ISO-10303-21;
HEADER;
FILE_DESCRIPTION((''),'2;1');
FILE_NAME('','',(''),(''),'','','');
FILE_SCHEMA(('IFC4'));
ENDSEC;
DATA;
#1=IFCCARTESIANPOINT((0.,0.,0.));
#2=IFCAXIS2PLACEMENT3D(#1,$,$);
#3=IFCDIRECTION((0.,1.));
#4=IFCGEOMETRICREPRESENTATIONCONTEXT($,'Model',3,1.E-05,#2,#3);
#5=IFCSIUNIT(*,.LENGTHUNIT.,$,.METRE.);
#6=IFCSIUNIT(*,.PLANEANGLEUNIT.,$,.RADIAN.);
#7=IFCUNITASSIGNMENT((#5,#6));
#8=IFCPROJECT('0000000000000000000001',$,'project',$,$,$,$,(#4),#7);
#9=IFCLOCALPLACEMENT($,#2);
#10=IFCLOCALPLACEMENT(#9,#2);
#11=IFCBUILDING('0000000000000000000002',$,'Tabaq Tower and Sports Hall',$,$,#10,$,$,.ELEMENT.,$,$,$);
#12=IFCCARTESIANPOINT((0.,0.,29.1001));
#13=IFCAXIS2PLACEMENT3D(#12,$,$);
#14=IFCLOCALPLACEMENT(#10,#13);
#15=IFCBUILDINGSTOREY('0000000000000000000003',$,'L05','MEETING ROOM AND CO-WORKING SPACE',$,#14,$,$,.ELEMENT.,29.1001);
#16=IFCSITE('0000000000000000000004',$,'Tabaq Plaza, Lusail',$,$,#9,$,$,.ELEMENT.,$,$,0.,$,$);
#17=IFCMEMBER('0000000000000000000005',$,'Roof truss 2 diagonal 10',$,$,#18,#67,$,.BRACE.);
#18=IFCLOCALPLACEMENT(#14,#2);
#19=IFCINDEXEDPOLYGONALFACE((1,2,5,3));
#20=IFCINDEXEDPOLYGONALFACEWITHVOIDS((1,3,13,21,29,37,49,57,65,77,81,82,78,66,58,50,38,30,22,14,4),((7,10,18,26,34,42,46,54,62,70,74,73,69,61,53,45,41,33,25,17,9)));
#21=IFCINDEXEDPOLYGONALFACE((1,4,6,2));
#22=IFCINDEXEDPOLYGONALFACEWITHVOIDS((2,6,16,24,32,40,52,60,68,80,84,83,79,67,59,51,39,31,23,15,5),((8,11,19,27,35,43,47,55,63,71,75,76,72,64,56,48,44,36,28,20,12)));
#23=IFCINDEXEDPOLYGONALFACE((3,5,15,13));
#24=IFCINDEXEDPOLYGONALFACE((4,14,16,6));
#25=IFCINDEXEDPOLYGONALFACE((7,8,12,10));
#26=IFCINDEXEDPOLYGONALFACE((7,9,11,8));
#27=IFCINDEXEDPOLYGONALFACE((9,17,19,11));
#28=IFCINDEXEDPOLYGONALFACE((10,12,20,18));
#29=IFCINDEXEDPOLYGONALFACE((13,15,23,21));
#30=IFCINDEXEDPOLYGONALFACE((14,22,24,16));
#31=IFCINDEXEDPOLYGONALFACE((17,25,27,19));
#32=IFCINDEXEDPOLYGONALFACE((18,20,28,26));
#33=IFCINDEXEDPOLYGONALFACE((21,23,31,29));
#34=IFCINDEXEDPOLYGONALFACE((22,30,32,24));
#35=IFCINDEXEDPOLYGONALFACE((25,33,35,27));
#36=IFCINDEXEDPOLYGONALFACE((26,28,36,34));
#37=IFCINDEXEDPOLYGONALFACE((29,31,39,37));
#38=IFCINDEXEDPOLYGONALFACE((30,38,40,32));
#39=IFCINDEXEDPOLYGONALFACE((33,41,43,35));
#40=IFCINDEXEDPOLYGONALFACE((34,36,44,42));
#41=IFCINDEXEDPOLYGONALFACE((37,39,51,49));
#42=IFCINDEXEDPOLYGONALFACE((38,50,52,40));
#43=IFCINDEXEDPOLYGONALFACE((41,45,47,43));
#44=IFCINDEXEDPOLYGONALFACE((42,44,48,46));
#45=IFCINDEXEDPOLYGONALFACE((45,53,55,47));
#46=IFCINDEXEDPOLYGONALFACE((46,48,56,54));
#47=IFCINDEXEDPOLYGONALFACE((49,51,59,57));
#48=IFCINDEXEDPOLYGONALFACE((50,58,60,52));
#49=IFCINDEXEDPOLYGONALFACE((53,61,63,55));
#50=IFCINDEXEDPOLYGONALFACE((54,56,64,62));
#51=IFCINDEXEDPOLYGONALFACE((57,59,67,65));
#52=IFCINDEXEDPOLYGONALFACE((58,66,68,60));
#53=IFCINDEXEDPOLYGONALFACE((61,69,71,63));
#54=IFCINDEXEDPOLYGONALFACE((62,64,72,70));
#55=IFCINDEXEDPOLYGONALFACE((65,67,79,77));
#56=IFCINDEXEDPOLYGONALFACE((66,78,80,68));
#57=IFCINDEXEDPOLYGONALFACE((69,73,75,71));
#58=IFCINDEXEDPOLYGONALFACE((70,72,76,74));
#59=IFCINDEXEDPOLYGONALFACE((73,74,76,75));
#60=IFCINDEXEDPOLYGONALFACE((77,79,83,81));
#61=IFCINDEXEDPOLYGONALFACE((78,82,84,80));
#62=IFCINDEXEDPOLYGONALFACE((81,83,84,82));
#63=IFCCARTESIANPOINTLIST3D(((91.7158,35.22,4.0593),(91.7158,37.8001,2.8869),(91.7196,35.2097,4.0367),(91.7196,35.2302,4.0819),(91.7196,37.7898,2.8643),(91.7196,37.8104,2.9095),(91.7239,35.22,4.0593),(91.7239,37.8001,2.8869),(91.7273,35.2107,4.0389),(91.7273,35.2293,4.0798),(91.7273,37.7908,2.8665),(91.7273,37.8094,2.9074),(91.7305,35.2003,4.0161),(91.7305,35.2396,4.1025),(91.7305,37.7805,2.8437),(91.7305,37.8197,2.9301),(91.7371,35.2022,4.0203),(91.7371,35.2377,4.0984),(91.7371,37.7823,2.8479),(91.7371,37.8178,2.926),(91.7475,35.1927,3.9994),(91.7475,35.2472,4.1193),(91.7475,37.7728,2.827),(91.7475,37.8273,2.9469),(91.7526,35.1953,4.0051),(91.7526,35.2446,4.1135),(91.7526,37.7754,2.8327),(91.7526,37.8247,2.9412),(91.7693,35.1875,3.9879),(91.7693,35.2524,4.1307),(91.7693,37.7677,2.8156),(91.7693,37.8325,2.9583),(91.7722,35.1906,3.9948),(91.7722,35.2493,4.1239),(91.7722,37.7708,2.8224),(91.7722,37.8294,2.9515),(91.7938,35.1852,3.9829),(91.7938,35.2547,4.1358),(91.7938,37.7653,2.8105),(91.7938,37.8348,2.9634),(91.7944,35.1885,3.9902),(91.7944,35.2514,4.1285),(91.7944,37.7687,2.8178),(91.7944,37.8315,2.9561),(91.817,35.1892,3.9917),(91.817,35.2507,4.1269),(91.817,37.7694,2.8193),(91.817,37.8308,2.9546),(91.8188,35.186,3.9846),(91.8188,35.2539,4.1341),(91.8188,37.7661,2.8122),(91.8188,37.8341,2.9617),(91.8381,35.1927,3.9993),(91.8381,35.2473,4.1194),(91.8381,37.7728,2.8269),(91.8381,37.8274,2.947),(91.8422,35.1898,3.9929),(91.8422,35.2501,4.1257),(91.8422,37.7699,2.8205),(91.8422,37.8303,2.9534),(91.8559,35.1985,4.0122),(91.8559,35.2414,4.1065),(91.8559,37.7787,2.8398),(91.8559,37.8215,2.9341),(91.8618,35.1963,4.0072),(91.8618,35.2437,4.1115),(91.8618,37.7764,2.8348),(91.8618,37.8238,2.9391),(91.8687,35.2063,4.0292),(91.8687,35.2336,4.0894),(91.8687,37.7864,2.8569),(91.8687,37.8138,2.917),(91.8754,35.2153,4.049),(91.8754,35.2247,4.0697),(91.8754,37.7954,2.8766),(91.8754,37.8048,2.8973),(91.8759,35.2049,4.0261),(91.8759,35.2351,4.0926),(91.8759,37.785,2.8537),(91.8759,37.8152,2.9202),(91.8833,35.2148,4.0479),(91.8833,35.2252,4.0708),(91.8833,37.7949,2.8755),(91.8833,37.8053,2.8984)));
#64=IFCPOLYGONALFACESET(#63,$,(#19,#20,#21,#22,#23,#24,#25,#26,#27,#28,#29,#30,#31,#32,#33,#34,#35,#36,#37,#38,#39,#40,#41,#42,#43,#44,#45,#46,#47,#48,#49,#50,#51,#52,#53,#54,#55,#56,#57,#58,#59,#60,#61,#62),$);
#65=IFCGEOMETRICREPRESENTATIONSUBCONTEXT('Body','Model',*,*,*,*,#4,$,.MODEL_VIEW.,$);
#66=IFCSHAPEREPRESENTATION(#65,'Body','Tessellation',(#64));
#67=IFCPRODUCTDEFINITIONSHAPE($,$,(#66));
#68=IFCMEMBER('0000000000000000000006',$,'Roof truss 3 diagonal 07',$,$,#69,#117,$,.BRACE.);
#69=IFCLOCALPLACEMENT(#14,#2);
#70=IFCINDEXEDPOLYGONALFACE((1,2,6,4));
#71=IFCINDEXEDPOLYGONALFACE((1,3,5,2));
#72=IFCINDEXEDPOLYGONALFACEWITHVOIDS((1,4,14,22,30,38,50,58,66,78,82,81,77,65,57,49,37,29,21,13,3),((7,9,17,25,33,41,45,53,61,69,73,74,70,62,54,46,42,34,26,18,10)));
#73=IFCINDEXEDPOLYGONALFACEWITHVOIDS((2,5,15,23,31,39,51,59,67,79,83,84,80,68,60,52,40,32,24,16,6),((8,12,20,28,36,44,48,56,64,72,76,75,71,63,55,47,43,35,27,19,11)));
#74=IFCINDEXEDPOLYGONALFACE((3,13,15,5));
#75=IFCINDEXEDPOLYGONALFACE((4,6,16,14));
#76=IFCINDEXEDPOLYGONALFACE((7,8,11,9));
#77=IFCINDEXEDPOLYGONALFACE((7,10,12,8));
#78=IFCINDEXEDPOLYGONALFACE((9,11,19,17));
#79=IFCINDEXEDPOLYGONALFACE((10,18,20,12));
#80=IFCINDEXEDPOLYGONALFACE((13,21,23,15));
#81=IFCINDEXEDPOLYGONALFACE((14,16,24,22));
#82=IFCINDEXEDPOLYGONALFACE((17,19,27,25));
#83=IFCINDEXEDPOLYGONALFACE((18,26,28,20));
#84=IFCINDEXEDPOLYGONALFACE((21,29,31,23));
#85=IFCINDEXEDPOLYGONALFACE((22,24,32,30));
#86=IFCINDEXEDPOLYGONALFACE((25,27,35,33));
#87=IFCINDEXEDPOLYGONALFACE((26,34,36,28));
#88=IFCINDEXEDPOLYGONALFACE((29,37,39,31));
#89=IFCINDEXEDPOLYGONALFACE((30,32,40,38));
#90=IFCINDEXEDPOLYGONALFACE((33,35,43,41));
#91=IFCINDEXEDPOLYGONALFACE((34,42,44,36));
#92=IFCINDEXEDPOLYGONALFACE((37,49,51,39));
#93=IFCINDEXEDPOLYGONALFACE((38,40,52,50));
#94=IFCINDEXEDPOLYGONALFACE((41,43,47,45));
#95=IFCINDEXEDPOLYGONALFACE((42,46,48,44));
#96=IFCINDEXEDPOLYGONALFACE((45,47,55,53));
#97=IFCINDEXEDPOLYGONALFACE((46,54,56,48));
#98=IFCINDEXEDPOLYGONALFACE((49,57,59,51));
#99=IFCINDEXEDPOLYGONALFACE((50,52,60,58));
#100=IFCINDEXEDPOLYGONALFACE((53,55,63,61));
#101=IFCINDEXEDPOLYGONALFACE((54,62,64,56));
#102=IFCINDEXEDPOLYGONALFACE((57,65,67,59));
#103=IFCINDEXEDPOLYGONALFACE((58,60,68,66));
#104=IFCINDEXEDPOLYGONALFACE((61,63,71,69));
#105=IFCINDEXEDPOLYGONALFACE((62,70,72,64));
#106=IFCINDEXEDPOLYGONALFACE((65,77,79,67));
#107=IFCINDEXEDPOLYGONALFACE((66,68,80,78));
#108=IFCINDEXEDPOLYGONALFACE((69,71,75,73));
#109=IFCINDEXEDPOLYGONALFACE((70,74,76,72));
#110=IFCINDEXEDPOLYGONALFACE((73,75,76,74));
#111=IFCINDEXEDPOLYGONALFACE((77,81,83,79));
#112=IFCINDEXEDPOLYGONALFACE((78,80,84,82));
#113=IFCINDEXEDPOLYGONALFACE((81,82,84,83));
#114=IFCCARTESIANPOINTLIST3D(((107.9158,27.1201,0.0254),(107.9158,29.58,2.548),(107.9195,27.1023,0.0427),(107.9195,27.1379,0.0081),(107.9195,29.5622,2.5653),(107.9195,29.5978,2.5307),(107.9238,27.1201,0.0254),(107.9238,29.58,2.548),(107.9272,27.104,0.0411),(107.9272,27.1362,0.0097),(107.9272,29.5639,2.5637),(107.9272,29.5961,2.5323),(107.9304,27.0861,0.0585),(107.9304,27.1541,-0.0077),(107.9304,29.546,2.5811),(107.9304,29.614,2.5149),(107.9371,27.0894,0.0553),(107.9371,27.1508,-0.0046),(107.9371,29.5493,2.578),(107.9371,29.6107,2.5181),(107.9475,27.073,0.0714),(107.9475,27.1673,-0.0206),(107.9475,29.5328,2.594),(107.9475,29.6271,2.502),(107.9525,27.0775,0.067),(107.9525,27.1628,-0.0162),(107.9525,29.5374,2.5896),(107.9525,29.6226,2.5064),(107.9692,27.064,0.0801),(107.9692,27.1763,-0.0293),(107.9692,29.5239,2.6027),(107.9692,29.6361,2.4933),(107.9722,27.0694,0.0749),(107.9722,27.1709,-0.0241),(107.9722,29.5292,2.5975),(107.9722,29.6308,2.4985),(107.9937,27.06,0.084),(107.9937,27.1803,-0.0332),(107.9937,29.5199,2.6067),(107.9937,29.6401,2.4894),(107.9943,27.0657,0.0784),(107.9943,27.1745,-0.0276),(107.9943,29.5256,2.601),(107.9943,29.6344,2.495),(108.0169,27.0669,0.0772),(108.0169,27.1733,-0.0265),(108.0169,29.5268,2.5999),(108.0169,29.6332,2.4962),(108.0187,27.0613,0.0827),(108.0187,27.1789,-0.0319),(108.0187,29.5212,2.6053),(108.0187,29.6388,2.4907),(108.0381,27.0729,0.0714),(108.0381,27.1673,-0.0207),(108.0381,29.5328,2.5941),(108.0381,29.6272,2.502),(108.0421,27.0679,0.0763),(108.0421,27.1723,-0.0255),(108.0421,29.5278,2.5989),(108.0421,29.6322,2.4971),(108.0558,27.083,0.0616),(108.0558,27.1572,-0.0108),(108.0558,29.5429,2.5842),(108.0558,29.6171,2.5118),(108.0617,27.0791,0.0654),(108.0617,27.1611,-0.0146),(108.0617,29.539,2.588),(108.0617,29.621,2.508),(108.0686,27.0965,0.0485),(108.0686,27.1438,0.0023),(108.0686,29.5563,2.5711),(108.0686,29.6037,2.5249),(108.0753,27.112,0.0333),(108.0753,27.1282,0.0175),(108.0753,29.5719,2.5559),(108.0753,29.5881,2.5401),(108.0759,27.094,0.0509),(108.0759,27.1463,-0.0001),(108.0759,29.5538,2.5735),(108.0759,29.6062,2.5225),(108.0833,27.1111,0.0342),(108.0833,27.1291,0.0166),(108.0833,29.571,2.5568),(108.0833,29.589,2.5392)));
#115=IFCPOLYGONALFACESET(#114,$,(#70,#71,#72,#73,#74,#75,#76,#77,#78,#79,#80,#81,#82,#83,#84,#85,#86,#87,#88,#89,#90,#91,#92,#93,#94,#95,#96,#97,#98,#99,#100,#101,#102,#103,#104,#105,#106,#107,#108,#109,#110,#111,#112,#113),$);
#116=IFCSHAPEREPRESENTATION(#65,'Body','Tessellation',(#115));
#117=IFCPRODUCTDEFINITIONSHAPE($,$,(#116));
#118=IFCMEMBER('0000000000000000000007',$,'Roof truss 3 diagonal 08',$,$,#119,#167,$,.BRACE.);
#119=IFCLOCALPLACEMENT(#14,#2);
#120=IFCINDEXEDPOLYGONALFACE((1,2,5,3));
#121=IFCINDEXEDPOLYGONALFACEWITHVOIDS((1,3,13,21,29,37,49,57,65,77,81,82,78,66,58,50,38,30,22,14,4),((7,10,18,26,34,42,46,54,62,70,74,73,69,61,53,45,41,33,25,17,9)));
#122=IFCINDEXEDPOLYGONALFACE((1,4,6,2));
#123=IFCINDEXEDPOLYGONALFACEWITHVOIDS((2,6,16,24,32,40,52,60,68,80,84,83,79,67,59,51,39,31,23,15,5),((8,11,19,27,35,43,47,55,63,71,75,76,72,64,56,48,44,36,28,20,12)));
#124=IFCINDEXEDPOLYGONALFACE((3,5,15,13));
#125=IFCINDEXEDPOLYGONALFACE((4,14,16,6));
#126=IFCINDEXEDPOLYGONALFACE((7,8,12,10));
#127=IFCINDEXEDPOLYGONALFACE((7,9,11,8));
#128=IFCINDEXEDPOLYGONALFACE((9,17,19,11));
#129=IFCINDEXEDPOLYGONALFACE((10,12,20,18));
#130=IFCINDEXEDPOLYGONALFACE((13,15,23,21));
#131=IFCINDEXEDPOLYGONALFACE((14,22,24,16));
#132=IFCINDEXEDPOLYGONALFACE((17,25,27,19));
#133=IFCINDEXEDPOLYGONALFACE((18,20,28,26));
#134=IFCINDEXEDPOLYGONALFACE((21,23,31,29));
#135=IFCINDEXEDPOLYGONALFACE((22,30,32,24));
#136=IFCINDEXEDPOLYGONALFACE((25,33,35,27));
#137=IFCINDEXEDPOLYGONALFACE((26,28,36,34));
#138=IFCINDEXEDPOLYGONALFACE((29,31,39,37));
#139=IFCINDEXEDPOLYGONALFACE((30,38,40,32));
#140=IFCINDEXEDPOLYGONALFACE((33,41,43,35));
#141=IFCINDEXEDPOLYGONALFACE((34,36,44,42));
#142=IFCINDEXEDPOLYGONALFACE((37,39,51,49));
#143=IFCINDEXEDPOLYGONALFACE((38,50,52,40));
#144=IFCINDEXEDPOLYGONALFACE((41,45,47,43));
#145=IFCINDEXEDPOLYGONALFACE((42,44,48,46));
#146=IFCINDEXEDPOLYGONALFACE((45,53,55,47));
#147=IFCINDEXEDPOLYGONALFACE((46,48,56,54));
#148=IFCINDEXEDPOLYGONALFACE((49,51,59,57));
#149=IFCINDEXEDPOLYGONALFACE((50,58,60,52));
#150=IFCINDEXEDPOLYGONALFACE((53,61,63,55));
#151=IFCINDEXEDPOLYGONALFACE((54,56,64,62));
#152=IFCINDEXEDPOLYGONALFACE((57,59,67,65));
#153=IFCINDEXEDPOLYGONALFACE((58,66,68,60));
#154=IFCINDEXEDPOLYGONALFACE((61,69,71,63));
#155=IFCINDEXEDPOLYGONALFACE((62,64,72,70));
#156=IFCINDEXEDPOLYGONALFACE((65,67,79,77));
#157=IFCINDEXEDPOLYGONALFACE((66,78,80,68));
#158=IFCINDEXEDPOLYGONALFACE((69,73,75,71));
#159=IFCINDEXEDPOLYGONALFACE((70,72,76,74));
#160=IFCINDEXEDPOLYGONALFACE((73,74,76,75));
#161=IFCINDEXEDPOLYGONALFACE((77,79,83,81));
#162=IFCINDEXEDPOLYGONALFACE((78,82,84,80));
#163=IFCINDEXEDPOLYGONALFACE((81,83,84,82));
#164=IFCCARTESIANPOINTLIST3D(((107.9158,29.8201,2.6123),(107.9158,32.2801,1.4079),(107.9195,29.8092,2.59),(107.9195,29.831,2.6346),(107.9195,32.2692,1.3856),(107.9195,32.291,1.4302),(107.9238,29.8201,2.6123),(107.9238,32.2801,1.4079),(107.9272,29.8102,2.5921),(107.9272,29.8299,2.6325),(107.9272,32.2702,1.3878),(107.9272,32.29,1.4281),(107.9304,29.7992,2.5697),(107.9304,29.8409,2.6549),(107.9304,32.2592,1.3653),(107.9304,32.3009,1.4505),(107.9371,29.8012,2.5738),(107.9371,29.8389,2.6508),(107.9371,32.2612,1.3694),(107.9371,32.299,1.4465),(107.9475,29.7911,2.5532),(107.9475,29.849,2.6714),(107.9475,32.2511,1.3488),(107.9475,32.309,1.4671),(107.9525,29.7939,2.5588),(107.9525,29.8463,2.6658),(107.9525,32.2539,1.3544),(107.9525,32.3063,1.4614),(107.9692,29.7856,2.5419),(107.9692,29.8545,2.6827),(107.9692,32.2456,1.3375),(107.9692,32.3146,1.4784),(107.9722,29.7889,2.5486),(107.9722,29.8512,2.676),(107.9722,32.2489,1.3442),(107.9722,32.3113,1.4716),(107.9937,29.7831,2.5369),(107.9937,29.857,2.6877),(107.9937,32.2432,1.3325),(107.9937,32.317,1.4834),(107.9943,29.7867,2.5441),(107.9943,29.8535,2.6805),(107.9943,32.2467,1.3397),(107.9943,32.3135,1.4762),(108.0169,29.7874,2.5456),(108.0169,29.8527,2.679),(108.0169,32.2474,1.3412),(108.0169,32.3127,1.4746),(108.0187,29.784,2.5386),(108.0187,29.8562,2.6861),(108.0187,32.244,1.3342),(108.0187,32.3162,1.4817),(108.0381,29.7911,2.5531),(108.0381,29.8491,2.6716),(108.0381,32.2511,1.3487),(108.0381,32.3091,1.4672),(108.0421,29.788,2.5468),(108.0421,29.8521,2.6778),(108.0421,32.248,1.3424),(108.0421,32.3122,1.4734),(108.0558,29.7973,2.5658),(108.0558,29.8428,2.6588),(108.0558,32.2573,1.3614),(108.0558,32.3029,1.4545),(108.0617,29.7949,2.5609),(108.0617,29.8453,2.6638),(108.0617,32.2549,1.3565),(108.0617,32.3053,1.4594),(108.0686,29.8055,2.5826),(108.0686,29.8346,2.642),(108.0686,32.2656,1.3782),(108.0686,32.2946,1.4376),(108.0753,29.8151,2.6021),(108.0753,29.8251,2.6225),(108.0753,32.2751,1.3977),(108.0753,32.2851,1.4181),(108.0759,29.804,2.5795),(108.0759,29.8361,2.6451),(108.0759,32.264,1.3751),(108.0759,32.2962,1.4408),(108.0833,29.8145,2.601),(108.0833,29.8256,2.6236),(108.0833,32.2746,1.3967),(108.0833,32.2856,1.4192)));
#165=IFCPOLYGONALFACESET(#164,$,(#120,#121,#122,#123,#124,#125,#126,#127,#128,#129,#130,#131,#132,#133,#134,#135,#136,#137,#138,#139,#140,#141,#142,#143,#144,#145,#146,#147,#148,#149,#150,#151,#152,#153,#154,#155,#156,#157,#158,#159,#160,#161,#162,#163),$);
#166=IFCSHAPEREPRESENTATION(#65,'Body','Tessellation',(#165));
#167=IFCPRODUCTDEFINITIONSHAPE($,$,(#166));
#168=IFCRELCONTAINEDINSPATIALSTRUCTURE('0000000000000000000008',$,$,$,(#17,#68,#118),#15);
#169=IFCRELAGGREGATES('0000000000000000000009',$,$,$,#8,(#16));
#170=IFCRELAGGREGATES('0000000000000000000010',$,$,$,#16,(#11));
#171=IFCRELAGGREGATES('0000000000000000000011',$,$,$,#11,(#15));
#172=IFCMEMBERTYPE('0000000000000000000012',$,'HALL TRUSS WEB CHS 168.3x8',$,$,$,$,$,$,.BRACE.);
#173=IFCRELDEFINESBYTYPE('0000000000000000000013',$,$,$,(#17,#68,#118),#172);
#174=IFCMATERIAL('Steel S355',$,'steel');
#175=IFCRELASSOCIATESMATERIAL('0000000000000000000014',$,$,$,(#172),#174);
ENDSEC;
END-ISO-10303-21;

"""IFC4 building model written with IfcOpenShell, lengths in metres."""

from ifc_helpers import new_model, si_unit, direction, frame, origin, origin_2d, place, context, subcontext, project, spatial, hollow_circle, extrude, material, material_profile, profile_set, type_object, element, save


model = new_model("IFC4")

# Units and contexts
model_context = context("Model", 3, precision=1e-05, world=origin(), true_north=direction((0.0, 1.0)))
body_context = subcontext(model_context, "Body", "Model", "MODEL_VIEW")
ifc_project = project(units=[si_unit("LENGTHUNIT", "METRE"), si_unit("PLANEANGLEUNIT", "RADIAN")], contexts=[model_context])

# Site, building, storey
site_placement = place(None, origin())
site = spatial("IfcSite", under=ifc_project, at=site_placement, Name="Tabaq Plaza, Lusail", CompositionType="ELEMENT", RefElevation=0.0)
building_placement = place(site_placement, origin())
building = spatial("IfcBuilding", under=site, at=building_placement, Name="Tabaq Tower and Sports Hall", CompositionType="ELEMENT")
storey_placement = place(building_placement, frame((0.0, 0.0, 29.1001)))
storey = spatial("IfcBuildingStorey", under=building, at=storey_placement, Name="L05", Description="MEETING ROOM AND CO-WORKING SPACE", CompositionType="ELEMENT", Elevation=29.1001)

# Members
ifc_material_1 = material(Name="Steel S355", Category="steel")
ifc_material_profile_1 = material_profile(ifc_material_1, hollow_circle(Radius=0.0842, WallThickness=0.0081, at=origin_2d()), Name="CHS 168.3x8")
ifc_profile_set_1 = profile_set([ifc_material_profile_1], Name="Steel S355")
member_type_1 = type_object("IfcMemberType", Name="HALL TRUSS WEB CHS 168.3x8", PredefinedType="BRACE", material=ifc_profile_set_1)
member_1_placement = place(storey_placement, frame((91.8, 35.22, 4.0593), z_axis=(0.0, 0.91042, -0.413686), x_axis=(-1.0, 0.0, 0.0)))
element("IfcMember", 1, at=member_1_placement, inside=storey, type_object=member_type_1, Name="Roof truss 2 diagonal 10", PredefinedType="BRACE", context=body_context, shape_type="SweptSolid", body=[
    extrude(hollow_circle(Radius=0.0842, WallThickness=0.0081, at=origin_2d()), origin(), (0.0, 0.0, 1.0), 2.834),
])
member_2_placement = place(storey_placement, frame((108.0, 27.1201, 0.0254), z_axis=(0.0, 0.698147, 0.715954), x_axis=(-1.0, 0.0, 0.0)))
element("IfcMember", 2, at=member_2_placement, inside=storey, type_object=member_type_1, Name="Roof truss 3 diagonal 07", PredefinedType="BRACE", context=body_context, shape_type="SweptSolid", body=[
    extrude(hollow_circle(Radius=0.0842, WallThickness=0.0081, at=origin_2d()), origin(), (0.0, 0.0, 1.0), 3.5234),
])
member_3_placement = place(storey_placement, frame((108.0, 29.8201, 2.6123), z_axis=(0.0, 0.89814, -0.43971), x_axis=(-1.0, 0.0, 0.0)))
element("IfcMember", 3, at=member_3_placement, inside=storey, type_object=member_type_1, Name="Roof truss 3 diagonal 08", PredefinedType="BRACE", context=body_context, shape_type="SweptSolid", body=[
    extrude(hollow_circle(Radius=0.0842, WallThickness=0.0081, at=origin_2d()), origin(), (0.0, 0.0, 1.0), 2.739),
])

save(model, "model.ifc")
